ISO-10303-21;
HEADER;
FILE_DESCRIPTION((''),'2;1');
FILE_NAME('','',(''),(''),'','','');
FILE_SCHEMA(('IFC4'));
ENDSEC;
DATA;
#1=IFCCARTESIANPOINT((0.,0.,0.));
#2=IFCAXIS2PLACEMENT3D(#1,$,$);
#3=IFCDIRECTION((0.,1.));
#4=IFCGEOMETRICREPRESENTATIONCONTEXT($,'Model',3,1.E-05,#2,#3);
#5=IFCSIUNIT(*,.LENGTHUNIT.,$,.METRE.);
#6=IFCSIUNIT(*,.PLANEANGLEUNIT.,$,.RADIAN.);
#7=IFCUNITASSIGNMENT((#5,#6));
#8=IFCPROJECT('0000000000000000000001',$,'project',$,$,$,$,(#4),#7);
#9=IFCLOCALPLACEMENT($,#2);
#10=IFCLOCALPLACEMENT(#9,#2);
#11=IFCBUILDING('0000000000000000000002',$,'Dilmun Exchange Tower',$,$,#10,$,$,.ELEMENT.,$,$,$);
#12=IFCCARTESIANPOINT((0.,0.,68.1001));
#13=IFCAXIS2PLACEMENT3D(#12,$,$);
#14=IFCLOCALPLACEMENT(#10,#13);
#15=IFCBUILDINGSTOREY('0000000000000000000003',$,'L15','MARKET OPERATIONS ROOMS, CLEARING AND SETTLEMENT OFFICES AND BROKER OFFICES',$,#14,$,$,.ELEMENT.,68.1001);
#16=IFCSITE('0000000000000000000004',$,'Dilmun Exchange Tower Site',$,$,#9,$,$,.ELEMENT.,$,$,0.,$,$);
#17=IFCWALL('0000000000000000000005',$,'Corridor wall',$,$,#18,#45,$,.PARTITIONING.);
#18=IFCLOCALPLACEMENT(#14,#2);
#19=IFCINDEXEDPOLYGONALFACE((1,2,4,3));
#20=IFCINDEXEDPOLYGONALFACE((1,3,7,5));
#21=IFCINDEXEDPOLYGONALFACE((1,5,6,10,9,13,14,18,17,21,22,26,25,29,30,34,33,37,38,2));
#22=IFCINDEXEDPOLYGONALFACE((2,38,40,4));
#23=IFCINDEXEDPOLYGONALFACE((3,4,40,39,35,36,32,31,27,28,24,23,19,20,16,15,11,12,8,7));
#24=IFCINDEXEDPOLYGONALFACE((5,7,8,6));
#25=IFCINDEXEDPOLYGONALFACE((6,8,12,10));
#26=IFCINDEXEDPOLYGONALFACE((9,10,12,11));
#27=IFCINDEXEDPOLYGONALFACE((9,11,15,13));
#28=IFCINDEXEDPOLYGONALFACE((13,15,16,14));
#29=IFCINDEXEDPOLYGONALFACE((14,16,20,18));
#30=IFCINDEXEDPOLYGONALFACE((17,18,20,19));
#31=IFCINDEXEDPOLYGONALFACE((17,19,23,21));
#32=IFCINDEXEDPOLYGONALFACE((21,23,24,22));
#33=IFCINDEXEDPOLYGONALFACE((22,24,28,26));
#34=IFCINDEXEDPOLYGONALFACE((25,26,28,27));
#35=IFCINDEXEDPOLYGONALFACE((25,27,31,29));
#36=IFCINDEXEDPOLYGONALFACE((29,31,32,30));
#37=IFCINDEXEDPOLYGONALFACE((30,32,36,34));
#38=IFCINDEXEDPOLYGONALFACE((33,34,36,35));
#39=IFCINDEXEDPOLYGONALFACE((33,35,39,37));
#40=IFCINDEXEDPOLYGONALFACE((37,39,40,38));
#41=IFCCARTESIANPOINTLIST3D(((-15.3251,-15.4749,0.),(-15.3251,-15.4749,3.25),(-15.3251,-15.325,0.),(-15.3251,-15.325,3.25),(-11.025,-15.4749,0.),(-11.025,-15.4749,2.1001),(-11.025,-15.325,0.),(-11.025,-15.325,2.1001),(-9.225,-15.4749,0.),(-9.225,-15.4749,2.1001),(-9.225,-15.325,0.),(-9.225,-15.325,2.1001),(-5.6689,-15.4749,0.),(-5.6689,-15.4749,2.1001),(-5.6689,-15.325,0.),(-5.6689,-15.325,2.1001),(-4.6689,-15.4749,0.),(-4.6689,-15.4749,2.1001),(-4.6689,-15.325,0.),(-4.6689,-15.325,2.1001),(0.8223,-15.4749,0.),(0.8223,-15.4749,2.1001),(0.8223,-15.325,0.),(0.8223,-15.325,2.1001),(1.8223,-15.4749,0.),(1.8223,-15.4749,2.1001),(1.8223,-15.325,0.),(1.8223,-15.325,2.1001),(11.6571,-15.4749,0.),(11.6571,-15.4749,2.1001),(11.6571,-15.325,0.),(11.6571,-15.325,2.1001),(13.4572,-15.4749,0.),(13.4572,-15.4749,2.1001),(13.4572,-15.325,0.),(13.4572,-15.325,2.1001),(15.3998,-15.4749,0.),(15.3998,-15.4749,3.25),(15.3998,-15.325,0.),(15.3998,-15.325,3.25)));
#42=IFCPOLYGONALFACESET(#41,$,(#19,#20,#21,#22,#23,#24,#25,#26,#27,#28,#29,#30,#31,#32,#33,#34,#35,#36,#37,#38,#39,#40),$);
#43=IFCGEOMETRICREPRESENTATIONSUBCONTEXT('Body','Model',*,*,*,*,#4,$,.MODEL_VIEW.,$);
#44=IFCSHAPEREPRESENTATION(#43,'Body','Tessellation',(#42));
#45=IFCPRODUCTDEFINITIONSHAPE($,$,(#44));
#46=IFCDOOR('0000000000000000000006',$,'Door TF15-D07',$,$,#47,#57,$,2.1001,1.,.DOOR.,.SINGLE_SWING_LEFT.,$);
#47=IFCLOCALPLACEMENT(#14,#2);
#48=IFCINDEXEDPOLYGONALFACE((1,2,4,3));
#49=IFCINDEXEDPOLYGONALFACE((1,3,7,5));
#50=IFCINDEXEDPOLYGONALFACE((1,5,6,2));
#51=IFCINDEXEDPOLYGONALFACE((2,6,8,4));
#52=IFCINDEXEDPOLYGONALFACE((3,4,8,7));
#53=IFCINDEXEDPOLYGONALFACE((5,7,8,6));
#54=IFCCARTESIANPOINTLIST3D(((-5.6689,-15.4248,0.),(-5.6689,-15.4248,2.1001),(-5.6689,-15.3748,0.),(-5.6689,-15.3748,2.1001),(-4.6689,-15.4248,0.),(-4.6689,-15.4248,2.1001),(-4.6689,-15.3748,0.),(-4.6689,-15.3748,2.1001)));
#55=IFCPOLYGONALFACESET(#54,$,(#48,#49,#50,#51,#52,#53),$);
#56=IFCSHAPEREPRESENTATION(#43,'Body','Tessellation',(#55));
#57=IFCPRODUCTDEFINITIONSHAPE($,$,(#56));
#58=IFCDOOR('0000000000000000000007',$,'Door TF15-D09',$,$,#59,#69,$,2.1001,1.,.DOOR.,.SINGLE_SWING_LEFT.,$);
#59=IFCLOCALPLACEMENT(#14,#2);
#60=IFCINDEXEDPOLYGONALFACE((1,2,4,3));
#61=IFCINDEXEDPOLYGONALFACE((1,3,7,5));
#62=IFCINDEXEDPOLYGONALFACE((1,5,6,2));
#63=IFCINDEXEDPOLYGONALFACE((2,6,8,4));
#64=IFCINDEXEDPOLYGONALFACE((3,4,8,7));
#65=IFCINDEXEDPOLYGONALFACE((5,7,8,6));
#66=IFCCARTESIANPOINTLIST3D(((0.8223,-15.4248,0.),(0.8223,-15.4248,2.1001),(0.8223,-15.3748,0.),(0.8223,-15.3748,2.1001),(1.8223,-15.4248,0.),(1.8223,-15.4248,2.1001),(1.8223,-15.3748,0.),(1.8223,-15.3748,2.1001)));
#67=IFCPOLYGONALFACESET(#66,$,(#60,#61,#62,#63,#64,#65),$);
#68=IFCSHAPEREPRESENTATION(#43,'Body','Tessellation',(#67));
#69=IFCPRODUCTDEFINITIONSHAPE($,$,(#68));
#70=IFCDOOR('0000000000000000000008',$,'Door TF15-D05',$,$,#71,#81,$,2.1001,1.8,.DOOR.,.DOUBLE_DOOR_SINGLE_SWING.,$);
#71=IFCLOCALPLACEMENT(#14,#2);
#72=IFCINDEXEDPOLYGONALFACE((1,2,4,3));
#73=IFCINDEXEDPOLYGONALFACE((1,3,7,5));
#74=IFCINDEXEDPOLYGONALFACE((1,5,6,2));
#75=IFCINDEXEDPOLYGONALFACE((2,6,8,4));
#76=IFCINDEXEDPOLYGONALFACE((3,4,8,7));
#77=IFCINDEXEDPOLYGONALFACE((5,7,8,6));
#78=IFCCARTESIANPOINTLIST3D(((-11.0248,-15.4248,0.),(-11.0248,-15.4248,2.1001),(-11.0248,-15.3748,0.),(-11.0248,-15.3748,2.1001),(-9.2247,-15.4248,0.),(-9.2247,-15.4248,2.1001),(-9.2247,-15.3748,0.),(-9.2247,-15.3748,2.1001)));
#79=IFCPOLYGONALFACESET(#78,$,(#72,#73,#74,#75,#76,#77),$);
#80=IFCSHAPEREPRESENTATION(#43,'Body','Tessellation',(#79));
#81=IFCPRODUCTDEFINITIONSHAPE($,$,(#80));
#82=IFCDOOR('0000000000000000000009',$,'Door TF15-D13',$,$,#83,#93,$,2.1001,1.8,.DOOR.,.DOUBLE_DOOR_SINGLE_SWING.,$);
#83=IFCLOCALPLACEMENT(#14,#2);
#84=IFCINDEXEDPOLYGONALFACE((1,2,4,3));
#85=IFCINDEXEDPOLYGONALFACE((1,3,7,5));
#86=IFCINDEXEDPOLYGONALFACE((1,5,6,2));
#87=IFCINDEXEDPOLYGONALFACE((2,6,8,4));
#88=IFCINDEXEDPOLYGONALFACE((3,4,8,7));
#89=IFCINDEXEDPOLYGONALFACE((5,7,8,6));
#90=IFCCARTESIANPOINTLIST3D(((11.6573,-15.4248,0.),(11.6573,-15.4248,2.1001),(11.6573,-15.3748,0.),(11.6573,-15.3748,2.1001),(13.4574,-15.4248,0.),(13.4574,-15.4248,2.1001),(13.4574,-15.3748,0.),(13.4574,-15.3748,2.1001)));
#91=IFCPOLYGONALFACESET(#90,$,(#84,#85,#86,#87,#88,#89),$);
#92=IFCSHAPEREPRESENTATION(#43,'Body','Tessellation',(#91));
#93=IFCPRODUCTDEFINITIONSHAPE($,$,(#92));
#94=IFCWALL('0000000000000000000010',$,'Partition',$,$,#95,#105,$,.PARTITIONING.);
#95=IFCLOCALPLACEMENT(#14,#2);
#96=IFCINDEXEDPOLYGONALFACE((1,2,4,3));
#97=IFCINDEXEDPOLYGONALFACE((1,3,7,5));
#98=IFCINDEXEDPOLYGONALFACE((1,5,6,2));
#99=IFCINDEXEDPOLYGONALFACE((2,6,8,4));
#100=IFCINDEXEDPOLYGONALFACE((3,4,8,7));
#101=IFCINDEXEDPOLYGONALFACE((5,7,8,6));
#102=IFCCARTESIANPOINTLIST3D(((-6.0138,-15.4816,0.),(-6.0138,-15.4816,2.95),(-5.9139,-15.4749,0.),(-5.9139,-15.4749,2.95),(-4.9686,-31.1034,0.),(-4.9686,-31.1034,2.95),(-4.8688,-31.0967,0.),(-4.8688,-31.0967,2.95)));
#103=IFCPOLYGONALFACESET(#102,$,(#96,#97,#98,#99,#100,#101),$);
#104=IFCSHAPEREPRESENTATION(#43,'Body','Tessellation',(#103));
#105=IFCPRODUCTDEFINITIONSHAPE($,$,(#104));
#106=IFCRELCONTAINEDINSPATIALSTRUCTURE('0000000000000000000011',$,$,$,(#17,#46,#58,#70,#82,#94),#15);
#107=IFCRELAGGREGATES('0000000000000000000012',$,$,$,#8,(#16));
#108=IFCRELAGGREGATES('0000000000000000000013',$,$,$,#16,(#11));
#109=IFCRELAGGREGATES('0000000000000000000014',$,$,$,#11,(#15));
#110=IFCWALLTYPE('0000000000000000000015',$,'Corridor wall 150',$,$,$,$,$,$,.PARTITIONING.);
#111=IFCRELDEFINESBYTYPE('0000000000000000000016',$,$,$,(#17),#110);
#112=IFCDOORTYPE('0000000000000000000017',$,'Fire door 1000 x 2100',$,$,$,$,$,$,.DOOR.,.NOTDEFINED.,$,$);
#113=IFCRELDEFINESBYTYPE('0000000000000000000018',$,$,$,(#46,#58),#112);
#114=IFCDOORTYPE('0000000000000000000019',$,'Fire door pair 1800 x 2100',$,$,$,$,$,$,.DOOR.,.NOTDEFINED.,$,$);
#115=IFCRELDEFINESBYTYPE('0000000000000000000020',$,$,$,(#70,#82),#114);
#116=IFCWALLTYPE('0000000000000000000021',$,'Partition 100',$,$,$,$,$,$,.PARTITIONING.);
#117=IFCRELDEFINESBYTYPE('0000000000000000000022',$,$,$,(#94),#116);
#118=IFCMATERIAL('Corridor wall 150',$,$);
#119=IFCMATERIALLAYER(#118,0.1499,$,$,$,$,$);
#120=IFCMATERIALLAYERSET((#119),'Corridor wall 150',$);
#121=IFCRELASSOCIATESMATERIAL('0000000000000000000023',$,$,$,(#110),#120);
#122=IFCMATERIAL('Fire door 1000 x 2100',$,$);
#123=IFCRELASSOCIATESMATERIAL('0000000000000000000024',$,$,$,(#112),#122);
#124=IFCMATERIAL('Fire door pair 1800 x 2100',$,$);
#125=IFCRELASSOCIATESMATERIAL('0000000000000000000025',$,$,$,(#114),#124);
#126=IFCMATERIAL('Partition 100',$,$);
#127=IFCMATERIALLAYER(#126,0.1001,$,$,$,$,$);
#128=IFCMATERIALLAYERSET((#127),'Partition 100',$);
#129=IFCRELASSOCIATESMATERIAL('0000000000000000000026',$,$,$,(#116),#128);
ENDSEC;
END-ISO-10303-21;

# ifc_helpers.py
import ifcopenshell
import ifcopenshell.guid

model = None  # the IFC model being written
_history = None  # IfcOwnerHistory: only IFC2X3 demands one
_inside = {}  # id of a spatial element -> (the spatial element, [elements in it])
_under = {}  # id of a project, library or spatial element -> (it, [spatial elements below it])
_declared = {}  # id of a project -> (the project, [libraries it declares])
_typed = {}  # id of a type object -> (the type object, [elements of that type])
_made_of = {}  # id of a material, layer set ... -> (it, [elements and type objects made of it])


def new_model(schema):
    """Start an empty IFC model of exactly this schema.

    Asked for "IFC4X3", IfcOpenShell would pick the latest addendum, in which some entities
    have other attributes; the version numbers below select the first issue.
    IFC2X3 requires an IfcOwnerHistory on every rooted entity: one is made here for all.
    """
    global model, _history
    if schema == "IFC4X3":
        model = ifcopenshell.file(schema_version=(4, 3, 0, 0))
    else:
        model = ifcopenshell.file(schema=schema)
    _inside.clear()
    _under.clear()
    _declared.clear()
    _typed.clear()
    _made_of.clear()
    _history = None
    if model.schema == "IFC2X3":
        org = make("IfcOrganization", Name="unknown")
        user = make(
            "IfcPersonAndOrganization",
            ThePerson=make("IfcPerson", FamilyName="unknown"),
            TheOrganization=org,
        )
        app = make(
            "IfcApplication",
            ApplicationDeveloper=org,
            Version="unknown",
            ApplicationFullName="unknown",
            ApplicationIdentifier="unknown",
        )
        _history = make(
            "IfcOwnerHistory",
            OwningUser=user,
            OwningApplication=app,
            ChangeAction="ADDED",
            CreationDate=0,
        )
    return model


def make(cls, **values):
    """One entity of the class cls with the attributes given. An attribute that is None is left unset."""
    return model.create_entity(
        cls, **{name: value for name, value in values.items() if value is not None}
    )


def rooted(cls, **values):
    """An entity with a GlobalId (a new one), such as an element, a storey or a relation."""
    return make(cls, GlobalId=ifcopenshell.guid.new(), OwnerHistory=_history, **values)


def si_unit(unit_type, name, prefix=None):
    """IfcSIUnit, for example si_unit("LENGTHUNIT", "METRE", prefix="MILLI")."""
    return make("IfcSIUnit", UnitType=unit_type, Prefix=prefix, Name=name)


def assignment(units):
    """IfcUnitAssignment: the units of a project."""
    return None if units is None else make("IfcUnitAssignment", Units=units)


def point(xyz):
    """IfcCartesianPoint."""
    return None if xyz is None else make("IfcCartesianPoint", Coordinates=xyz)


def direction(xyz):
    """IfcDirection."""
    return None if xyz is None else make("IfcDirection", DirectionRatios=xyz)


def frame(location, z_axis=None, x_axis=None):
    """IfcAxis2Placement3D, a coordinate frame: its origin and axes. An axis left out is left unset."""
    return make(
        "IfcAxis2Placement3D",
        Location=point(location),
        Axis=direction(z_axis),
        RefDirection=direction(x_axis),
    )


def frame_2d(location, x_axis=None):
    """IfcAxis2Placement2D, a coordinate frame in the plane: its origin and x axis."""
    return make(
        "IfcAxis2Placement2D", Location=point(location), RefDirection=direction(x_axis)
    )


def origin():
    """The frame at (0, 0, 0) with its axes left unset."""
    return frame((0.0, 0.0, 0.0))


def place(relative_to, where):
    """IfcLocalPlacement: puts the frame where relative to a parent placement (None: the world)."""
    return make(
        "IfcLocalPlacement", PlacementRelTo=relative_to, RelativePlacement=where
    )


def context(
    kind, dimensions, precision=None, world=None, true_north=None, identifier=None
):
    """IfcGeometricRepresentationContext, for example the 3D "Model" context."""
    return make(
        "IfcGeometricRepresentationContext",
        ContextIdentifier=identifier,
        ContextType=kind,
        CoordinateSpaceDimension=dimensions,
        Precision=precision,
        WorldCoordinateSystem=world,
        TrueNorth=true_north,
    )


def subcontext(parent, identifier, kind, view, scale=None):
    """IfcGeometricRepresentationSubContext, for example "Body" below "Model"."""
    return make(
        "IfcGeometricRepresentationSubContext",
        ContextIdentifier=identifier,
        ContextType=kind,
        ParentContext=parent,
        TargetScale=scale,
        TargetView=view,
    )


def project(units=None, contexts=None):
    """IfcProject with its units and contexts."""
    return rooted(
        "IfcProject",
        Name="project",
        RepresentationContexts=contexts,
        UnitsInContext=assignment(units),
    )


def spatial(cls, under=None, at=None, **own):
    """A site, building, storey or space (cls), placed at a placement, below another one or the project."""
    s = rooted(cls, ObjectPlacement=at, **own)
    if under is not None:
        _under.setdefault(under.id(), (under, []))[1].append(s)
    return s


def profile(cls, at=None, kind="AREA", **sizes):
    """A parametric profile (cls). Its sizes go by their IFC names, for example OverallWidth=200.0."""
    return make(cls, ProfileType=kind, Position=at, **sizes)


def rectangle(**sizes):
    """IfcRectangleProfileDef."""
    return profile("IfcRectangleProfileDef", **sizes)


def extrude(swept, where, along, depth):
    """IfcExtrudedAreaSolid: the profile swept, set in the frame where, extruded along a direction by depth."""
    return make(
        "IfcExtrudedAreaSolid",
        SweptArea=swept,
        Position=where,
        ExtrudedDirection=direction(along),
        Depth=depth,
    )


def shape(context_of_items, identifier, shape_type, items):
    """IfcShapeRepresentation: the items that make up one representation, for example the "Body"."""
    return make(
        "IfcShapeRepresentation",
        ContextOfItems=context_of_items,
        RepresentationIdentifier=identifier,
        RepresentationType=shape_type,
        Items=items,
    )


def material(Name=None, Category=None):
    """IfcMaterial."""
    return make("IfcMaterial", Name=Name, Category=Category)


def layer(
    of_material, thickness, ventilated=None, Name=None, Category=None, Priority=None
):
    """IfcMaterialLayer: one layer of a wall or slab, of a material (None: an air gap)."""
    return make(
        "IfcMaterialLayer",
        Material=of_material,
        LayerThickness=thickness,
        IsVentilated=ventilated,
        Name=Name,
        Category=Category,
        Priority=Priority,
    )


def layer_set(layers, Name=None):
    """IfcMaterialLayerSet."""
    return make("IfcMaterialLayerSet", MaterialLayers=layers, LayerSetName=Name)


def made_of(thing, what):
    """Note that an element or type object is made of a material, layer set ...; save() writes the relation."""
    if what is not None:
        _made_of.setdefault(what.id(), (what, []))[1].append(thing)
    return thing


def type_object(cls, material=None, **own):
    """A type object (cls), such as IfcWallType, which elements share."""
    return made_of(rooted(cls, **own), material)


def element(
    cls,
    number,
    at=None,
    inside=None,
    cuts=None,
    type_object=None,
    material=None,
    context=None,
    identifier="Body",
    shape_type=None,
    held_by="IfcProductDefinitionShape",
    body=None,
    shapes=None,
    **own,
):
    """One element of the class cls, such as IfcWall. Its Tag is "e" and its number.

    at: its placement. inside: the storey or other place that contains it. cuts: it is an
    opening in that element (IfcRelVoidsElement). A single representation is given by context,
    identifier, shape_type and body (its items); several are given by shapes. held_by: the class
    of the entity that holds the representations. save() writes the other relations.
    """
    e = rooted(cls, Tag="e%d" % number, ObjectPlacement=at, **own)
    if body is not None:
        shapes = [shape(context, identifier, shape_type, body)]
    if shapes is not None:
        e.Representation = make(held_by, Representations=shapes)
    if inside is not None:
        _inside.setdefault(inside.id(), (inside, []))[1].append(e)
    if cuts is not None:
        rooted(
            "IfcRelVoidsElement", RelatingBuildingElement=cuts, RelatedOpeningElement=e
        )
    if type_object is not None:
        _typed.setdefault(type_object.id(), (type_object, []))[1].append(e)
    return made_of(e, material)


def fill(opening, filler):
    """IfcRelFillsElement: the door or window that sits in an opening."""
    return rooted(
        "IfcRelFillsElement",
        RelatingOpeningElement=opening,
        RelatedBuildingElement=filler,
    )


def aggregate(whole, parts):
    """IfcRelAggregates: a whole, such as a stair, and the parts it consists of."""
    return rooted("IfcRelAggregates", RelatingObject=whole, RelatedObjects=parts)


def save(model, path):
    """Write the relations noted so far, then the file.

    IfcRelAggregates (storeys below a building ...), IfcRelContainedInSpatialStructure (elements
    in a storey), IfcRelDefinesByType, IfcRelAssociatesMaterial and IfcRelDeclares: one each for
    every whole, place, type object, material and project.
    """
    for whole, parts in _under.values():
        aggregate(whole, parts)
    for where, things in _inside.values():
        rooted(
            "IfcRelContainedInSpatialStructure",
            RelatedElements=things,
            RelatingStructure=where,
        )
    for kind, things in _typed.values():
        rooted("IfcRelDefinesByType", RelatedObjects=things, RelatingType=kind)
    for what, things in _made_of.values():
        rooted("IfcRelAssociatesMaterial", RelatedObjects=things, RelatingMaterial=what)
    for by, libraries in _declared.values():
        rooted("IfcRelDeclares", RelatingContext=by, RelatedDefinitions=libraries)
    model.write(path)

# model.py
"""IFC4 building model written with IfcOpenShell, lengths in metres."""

from ifc_helpers import new_model, si_unit, direction, frame, frame_2d, origin, place, context, subcontext, project, spatial, rectangle, extrude, material, layer, layer_set, type_object, element, fill, save


model = new_model("IFC4")

# Units and contexts
model_context = context("Model", 3, precision=1e-05, world=origin(), true_north=direction((0.0, 1.0)))
body_context = subcontext(model_context, "Body", "Model", "MODEL_VIEW")
ifc_project = project(units=[si_unit("LENGTHUNIT", "METRE"), si_unit("PLANEANGLEUNIT", "RADIAN")], contexts=[model_context])

# Site, building, storey
site_placement = place(None, origin())
site = spatial("IfcSite", under=ifc_project, at=site_placement, Name="Dilmun Exchange Tower Site", CompositionType="ELEMENT", RefElevation=0.0)
building_placement = place(site_placement, origin())
building = spatial("IfcBuilding", under=site, at=building_placement, Name="Dilmun Exchange Tower", CompositionType="ELEMENT")
storey_placement = place(building_placement, frame((0.0, 0.0, 68.1001)))
storey = spatial("IfcBuildingStorey", under=building, at=storey_placement, Name="L15", Description="MARKET OPERATIONS ROOMS, CLEARING AND SETTLEMENT OFFICES AND BROKER OFFICES", CompositionType="ELEMENT", Elevation=68.1001)

# Wall, openings, doors
ifc_material_1 = material(Name="Corridor wall 150")
ifc_layer_1 = layer(ifc_material_1, 0.1499)
ifc_layer_set_1 = layer_set([ifc_layer_1], Name="Corridor wall 150")
wall_type_1 = type_object("IfcWallType", Name="Corridor wall 150", PredefinedType="PARTITIONING", material=ifc_layer_set_1)
ifc_material_2 = material(Name="Fire door 1000 x 2100")
door_type_1 = type_object("IfcDoorType", Name="Fire door 1000 x 2100", OperationType="NOTDEFINED", PredefinedType="DOOR", material=ifc_material_2)
ifc_material_3 = material(Name="Fire door pair 1800 x 2100")
door_type_2 = type_object("IfcDoorType", Name="Fire door pair 1800 x 2100", OperationType="NOTDEFINED", PredefinedType="DOOR", material=ifc_material_3)
wall_1_placement = place(storey_placement, frame((-15.325, -15.3999, 0.0), z_axis=(0.0, 0.0, 1.0), x_axis=(1.0, 0.0, 0.0)))
wall_1 = element("IfcWall", 1, at=wall_1_placement, inside=storey, type_object=wall_type_1, Name="Corridor wall", PredefinedType="PARTITIONING", context=body_context, shape_type="SweptSolid", body=[
    extrude(rectangle(XDim=30.7249, YDim=0.1499, at=frame_2d((15.3623, 0.0))), origin(), (0.0, 0.0, 1.0), 3.25),
])
opening_1_placement = place(wall_1_placement, frame((4.3, 0.0, 0.0)))
opening_1 = element("IfcOpeningElement", 2, at=opening_1_placement, cuts=wall_1, PredefinedType="OPENING", context=body_context, shape_type="SweptSolid", body=[
    extrude(rectangle(XDim=1.8, YDim=2.1001, at=frame_2d((0.8999, 1.05))), frame((0.0, 0.085, 0.0), z_axis=(0.0, -1.0, 0.0), x_axis=(1.0, 0.0, 0.0)), (0.0, 0.0, 1.0), 0.1699),
])
opening_2_placement = place(wall_1_placement, frame((9.656, 0.0, 0.0)))
opening_2 = element("IfcOpeningElement", 3, at=opening_2_placement, cuts=wall_1, PredefinedType="OPENING", context=body_context, shape_type="SweptSolid", body=[
    extrude(rectangle(XDim=1.0, YDim=2.1001, at=frame_2d((0.5, 1.05))), frame((0.0, 0.085, 0.0), z_axis=(0.0, -1.0, 0.0), x_axis=(1.0, 0.0, 0.0)), (0.0, 0.0, 1.0), 0.1699),
])
opening_3_placement = place(wall_1_placement, frame((16.1472, 0.0, 0.0)))
opening_3 = element("IfcOpeningElement", 4, at=opening_3_placement, cuts=wall_1, PredefinedType="OPENING", context=body_context, shape_type="SweptSolid", body=[
    extrude(rectangle(XDim=1.0, YDim=2.1001, at=frame_2d((0.5, 1.05))), frame((0.0, 0.085, 0.0), z_axis=(0.0, -1.0, 0.0), x_axis=(1.0, 0.0, 0.0)), (0.0, 0.0, 1.0), 0.1699),
])
opening_4_placement = place(wall_1_placement, frame((26.9822, 0.0, 0.0)))
opening_4 = element("IfcOpeningElement", 5, at=opening_4_placement, cuts=wall_1, PredefinedType="OPENING", context=body_context, shape_type="SweptSolid", body=[
    extrude(rectangle(XDim=1.8, YDim=2.1001, at=frame_2d((0.8999, 1.05))), frame((0.0, 0.085, 0.0), z_axis=(0.0, -1.0, 0.0), x_axis=(1.0, 0.0, 0.0)), (0.0, 0.0, 1.0), 0.1699),
])
door_1_placement = place(opening_2_placement, frame((1.0, 0.0, 0.0), z_axis=(0.0, 0.0, 1.0), x_axis=(-1.0, 0.0, 0.0)))
door_1 = element("IfcDoor", 6, at=door_1_placement, inside=storey, type_object=door_type_1, Name="Door TF15-D07", OperationType="SINGLE_SWING_LEFT", OverallHeight=2.1001, OverallWidth=1.0, PredefinedType="DOOR", context=body_context, shape_type="SweptSolid", body=[
    extrude(rectangle(XDim=1.0, YDim=2.1001, at=frame_2d((0.5, 1.05))), frame((0.0, 0.0249, 0.0), z_axis=(0.0, -1.0, 0.0), x_axis=(1.0, 0.0, 0.0)), (0.0, 0.0, 1.0), 0.05),
])
fill(opening_2, door_1)
door_2_placement = place(opening_3_placement, frame((1.0, 0.0, 0.0), z_axis=(0.0, 0.0, 1.0), x_axis=(-1.0, 0.0, 0.0)))
door_2 = element("IfcDoor", 7, at=door_2_placement, inside=storey, type_object=door_type_1, Name="Door TF15-D09", OperationType="SINGLE_SWING_LEFT", OverallHeight=2.1001, OverallWidth=1.0, PredefinedType="DOOR", context=body_context, shape_type="SweptSolid", body=[
    extrude(rectangle(XDim=1.0, YDim=2.1001, at=frame_2d((0.5, 1.05))), frame((0.0, 0.0249, 0.0), z_axis=(0.0, -1.0, 0.0), x_axis=(1.0, 0.0, 0.0)), (0.0, 0.0, 1.0), 0.05),
])
fill(opening_3, door_2)
door_3_placement = place(opening_1_placement, frame((1.8, 0.0, 0.0), z_axis=(0.0, 0.0, 1.0), x_axis=(-1.0, 0.0, 0.0)))
door_3 = element("IfcDoor", 8, at=door_3_placement, inside=storey, type_object=door_type_2, Name="Door TF15-D05", OperationType="DOUBLE_DOOR_SINGLE_SWING", OverallHeight=2.1001, OverallWidth=1.8, PredefinedType="DOOR", context=body_context, shape_type="SweptSolid", body=[
    extrude(rectangle(XDim=1.8, YDim=2.1001, at=frame_2d((0.8999, 1.05))), frame((0.0, 0.0249, 0.0), z_axis=(0.0, -1.0, 0.0), x_axis=(1.0, 0.0, 0.0)), (0.0, 0.0, 1.0), 0.05),
])
fill(opening_1, door_3)
door_4_placement = place(opening_4_placement, frame((1.8, 0.0, 0.0), z_axis=(0.0, 0.0, 1.0), x_axis=(-1.0, 0.0, 0.0)))
door_4 = element("IfcDoor", 9, at=door_4_placement, inside=storey, type_object=door_type_2, Name="Door TF15-D13", OperationType="DOUBLE_DOOR_SINGLE_SWING", OverallHeight=2.1001, OverallWidth=1.8, PredefinedType="DOOR", context=body_context, shape_type="SweptSolid", body=[
    extrude(rectangle(XDim=1.8, YDim=2.1001, at=frame_2d((0.8999, 1.05))), frame((0.0, 0.0249, 0.0), z_axis=(0.0, -1.0, 0.0), x_axis=(1.0, 0.0, 0.0)), (0.0, 0.0, 1.0), 0.05),
])
fill(opening_4, door_4)

# Wall
ifc_material_4 = material(Name="Partition 100")
ifc_layer_2 = layer(ifc_material_4, 0.1001)
ifc_layer_set_2 = layer_set([ifc_layer_2], Name="Partition 100")
wall_type_2 = type_object("IfcWallType", Name="Partition 100", PredefinedType="PARTITIONING", material=ifc_layer_set_2)
wall_2_placement = place(storey_placement, frame((-5.9639, -15.4783, 0.0), z_axis=(0.0, 0.0, 1.0), x_axis=(0.066755, -0.997769, 0.0)))
element("IfcWall", 10, at=wall_2_placement, inside=storey, type_object=wall_type_2, Name="Partition", PredefinedType="PARTITIONING", context=body_context, shape_type="SweptSolid", body=[
    extrude(rectangle(XDim=15.6567, YDim=0.1001, at=frame_2d((7.8284, 0.0))), origin(), (0.0, 0.0, 1.0), 2.95),
])

save(model, "model.ifc")
